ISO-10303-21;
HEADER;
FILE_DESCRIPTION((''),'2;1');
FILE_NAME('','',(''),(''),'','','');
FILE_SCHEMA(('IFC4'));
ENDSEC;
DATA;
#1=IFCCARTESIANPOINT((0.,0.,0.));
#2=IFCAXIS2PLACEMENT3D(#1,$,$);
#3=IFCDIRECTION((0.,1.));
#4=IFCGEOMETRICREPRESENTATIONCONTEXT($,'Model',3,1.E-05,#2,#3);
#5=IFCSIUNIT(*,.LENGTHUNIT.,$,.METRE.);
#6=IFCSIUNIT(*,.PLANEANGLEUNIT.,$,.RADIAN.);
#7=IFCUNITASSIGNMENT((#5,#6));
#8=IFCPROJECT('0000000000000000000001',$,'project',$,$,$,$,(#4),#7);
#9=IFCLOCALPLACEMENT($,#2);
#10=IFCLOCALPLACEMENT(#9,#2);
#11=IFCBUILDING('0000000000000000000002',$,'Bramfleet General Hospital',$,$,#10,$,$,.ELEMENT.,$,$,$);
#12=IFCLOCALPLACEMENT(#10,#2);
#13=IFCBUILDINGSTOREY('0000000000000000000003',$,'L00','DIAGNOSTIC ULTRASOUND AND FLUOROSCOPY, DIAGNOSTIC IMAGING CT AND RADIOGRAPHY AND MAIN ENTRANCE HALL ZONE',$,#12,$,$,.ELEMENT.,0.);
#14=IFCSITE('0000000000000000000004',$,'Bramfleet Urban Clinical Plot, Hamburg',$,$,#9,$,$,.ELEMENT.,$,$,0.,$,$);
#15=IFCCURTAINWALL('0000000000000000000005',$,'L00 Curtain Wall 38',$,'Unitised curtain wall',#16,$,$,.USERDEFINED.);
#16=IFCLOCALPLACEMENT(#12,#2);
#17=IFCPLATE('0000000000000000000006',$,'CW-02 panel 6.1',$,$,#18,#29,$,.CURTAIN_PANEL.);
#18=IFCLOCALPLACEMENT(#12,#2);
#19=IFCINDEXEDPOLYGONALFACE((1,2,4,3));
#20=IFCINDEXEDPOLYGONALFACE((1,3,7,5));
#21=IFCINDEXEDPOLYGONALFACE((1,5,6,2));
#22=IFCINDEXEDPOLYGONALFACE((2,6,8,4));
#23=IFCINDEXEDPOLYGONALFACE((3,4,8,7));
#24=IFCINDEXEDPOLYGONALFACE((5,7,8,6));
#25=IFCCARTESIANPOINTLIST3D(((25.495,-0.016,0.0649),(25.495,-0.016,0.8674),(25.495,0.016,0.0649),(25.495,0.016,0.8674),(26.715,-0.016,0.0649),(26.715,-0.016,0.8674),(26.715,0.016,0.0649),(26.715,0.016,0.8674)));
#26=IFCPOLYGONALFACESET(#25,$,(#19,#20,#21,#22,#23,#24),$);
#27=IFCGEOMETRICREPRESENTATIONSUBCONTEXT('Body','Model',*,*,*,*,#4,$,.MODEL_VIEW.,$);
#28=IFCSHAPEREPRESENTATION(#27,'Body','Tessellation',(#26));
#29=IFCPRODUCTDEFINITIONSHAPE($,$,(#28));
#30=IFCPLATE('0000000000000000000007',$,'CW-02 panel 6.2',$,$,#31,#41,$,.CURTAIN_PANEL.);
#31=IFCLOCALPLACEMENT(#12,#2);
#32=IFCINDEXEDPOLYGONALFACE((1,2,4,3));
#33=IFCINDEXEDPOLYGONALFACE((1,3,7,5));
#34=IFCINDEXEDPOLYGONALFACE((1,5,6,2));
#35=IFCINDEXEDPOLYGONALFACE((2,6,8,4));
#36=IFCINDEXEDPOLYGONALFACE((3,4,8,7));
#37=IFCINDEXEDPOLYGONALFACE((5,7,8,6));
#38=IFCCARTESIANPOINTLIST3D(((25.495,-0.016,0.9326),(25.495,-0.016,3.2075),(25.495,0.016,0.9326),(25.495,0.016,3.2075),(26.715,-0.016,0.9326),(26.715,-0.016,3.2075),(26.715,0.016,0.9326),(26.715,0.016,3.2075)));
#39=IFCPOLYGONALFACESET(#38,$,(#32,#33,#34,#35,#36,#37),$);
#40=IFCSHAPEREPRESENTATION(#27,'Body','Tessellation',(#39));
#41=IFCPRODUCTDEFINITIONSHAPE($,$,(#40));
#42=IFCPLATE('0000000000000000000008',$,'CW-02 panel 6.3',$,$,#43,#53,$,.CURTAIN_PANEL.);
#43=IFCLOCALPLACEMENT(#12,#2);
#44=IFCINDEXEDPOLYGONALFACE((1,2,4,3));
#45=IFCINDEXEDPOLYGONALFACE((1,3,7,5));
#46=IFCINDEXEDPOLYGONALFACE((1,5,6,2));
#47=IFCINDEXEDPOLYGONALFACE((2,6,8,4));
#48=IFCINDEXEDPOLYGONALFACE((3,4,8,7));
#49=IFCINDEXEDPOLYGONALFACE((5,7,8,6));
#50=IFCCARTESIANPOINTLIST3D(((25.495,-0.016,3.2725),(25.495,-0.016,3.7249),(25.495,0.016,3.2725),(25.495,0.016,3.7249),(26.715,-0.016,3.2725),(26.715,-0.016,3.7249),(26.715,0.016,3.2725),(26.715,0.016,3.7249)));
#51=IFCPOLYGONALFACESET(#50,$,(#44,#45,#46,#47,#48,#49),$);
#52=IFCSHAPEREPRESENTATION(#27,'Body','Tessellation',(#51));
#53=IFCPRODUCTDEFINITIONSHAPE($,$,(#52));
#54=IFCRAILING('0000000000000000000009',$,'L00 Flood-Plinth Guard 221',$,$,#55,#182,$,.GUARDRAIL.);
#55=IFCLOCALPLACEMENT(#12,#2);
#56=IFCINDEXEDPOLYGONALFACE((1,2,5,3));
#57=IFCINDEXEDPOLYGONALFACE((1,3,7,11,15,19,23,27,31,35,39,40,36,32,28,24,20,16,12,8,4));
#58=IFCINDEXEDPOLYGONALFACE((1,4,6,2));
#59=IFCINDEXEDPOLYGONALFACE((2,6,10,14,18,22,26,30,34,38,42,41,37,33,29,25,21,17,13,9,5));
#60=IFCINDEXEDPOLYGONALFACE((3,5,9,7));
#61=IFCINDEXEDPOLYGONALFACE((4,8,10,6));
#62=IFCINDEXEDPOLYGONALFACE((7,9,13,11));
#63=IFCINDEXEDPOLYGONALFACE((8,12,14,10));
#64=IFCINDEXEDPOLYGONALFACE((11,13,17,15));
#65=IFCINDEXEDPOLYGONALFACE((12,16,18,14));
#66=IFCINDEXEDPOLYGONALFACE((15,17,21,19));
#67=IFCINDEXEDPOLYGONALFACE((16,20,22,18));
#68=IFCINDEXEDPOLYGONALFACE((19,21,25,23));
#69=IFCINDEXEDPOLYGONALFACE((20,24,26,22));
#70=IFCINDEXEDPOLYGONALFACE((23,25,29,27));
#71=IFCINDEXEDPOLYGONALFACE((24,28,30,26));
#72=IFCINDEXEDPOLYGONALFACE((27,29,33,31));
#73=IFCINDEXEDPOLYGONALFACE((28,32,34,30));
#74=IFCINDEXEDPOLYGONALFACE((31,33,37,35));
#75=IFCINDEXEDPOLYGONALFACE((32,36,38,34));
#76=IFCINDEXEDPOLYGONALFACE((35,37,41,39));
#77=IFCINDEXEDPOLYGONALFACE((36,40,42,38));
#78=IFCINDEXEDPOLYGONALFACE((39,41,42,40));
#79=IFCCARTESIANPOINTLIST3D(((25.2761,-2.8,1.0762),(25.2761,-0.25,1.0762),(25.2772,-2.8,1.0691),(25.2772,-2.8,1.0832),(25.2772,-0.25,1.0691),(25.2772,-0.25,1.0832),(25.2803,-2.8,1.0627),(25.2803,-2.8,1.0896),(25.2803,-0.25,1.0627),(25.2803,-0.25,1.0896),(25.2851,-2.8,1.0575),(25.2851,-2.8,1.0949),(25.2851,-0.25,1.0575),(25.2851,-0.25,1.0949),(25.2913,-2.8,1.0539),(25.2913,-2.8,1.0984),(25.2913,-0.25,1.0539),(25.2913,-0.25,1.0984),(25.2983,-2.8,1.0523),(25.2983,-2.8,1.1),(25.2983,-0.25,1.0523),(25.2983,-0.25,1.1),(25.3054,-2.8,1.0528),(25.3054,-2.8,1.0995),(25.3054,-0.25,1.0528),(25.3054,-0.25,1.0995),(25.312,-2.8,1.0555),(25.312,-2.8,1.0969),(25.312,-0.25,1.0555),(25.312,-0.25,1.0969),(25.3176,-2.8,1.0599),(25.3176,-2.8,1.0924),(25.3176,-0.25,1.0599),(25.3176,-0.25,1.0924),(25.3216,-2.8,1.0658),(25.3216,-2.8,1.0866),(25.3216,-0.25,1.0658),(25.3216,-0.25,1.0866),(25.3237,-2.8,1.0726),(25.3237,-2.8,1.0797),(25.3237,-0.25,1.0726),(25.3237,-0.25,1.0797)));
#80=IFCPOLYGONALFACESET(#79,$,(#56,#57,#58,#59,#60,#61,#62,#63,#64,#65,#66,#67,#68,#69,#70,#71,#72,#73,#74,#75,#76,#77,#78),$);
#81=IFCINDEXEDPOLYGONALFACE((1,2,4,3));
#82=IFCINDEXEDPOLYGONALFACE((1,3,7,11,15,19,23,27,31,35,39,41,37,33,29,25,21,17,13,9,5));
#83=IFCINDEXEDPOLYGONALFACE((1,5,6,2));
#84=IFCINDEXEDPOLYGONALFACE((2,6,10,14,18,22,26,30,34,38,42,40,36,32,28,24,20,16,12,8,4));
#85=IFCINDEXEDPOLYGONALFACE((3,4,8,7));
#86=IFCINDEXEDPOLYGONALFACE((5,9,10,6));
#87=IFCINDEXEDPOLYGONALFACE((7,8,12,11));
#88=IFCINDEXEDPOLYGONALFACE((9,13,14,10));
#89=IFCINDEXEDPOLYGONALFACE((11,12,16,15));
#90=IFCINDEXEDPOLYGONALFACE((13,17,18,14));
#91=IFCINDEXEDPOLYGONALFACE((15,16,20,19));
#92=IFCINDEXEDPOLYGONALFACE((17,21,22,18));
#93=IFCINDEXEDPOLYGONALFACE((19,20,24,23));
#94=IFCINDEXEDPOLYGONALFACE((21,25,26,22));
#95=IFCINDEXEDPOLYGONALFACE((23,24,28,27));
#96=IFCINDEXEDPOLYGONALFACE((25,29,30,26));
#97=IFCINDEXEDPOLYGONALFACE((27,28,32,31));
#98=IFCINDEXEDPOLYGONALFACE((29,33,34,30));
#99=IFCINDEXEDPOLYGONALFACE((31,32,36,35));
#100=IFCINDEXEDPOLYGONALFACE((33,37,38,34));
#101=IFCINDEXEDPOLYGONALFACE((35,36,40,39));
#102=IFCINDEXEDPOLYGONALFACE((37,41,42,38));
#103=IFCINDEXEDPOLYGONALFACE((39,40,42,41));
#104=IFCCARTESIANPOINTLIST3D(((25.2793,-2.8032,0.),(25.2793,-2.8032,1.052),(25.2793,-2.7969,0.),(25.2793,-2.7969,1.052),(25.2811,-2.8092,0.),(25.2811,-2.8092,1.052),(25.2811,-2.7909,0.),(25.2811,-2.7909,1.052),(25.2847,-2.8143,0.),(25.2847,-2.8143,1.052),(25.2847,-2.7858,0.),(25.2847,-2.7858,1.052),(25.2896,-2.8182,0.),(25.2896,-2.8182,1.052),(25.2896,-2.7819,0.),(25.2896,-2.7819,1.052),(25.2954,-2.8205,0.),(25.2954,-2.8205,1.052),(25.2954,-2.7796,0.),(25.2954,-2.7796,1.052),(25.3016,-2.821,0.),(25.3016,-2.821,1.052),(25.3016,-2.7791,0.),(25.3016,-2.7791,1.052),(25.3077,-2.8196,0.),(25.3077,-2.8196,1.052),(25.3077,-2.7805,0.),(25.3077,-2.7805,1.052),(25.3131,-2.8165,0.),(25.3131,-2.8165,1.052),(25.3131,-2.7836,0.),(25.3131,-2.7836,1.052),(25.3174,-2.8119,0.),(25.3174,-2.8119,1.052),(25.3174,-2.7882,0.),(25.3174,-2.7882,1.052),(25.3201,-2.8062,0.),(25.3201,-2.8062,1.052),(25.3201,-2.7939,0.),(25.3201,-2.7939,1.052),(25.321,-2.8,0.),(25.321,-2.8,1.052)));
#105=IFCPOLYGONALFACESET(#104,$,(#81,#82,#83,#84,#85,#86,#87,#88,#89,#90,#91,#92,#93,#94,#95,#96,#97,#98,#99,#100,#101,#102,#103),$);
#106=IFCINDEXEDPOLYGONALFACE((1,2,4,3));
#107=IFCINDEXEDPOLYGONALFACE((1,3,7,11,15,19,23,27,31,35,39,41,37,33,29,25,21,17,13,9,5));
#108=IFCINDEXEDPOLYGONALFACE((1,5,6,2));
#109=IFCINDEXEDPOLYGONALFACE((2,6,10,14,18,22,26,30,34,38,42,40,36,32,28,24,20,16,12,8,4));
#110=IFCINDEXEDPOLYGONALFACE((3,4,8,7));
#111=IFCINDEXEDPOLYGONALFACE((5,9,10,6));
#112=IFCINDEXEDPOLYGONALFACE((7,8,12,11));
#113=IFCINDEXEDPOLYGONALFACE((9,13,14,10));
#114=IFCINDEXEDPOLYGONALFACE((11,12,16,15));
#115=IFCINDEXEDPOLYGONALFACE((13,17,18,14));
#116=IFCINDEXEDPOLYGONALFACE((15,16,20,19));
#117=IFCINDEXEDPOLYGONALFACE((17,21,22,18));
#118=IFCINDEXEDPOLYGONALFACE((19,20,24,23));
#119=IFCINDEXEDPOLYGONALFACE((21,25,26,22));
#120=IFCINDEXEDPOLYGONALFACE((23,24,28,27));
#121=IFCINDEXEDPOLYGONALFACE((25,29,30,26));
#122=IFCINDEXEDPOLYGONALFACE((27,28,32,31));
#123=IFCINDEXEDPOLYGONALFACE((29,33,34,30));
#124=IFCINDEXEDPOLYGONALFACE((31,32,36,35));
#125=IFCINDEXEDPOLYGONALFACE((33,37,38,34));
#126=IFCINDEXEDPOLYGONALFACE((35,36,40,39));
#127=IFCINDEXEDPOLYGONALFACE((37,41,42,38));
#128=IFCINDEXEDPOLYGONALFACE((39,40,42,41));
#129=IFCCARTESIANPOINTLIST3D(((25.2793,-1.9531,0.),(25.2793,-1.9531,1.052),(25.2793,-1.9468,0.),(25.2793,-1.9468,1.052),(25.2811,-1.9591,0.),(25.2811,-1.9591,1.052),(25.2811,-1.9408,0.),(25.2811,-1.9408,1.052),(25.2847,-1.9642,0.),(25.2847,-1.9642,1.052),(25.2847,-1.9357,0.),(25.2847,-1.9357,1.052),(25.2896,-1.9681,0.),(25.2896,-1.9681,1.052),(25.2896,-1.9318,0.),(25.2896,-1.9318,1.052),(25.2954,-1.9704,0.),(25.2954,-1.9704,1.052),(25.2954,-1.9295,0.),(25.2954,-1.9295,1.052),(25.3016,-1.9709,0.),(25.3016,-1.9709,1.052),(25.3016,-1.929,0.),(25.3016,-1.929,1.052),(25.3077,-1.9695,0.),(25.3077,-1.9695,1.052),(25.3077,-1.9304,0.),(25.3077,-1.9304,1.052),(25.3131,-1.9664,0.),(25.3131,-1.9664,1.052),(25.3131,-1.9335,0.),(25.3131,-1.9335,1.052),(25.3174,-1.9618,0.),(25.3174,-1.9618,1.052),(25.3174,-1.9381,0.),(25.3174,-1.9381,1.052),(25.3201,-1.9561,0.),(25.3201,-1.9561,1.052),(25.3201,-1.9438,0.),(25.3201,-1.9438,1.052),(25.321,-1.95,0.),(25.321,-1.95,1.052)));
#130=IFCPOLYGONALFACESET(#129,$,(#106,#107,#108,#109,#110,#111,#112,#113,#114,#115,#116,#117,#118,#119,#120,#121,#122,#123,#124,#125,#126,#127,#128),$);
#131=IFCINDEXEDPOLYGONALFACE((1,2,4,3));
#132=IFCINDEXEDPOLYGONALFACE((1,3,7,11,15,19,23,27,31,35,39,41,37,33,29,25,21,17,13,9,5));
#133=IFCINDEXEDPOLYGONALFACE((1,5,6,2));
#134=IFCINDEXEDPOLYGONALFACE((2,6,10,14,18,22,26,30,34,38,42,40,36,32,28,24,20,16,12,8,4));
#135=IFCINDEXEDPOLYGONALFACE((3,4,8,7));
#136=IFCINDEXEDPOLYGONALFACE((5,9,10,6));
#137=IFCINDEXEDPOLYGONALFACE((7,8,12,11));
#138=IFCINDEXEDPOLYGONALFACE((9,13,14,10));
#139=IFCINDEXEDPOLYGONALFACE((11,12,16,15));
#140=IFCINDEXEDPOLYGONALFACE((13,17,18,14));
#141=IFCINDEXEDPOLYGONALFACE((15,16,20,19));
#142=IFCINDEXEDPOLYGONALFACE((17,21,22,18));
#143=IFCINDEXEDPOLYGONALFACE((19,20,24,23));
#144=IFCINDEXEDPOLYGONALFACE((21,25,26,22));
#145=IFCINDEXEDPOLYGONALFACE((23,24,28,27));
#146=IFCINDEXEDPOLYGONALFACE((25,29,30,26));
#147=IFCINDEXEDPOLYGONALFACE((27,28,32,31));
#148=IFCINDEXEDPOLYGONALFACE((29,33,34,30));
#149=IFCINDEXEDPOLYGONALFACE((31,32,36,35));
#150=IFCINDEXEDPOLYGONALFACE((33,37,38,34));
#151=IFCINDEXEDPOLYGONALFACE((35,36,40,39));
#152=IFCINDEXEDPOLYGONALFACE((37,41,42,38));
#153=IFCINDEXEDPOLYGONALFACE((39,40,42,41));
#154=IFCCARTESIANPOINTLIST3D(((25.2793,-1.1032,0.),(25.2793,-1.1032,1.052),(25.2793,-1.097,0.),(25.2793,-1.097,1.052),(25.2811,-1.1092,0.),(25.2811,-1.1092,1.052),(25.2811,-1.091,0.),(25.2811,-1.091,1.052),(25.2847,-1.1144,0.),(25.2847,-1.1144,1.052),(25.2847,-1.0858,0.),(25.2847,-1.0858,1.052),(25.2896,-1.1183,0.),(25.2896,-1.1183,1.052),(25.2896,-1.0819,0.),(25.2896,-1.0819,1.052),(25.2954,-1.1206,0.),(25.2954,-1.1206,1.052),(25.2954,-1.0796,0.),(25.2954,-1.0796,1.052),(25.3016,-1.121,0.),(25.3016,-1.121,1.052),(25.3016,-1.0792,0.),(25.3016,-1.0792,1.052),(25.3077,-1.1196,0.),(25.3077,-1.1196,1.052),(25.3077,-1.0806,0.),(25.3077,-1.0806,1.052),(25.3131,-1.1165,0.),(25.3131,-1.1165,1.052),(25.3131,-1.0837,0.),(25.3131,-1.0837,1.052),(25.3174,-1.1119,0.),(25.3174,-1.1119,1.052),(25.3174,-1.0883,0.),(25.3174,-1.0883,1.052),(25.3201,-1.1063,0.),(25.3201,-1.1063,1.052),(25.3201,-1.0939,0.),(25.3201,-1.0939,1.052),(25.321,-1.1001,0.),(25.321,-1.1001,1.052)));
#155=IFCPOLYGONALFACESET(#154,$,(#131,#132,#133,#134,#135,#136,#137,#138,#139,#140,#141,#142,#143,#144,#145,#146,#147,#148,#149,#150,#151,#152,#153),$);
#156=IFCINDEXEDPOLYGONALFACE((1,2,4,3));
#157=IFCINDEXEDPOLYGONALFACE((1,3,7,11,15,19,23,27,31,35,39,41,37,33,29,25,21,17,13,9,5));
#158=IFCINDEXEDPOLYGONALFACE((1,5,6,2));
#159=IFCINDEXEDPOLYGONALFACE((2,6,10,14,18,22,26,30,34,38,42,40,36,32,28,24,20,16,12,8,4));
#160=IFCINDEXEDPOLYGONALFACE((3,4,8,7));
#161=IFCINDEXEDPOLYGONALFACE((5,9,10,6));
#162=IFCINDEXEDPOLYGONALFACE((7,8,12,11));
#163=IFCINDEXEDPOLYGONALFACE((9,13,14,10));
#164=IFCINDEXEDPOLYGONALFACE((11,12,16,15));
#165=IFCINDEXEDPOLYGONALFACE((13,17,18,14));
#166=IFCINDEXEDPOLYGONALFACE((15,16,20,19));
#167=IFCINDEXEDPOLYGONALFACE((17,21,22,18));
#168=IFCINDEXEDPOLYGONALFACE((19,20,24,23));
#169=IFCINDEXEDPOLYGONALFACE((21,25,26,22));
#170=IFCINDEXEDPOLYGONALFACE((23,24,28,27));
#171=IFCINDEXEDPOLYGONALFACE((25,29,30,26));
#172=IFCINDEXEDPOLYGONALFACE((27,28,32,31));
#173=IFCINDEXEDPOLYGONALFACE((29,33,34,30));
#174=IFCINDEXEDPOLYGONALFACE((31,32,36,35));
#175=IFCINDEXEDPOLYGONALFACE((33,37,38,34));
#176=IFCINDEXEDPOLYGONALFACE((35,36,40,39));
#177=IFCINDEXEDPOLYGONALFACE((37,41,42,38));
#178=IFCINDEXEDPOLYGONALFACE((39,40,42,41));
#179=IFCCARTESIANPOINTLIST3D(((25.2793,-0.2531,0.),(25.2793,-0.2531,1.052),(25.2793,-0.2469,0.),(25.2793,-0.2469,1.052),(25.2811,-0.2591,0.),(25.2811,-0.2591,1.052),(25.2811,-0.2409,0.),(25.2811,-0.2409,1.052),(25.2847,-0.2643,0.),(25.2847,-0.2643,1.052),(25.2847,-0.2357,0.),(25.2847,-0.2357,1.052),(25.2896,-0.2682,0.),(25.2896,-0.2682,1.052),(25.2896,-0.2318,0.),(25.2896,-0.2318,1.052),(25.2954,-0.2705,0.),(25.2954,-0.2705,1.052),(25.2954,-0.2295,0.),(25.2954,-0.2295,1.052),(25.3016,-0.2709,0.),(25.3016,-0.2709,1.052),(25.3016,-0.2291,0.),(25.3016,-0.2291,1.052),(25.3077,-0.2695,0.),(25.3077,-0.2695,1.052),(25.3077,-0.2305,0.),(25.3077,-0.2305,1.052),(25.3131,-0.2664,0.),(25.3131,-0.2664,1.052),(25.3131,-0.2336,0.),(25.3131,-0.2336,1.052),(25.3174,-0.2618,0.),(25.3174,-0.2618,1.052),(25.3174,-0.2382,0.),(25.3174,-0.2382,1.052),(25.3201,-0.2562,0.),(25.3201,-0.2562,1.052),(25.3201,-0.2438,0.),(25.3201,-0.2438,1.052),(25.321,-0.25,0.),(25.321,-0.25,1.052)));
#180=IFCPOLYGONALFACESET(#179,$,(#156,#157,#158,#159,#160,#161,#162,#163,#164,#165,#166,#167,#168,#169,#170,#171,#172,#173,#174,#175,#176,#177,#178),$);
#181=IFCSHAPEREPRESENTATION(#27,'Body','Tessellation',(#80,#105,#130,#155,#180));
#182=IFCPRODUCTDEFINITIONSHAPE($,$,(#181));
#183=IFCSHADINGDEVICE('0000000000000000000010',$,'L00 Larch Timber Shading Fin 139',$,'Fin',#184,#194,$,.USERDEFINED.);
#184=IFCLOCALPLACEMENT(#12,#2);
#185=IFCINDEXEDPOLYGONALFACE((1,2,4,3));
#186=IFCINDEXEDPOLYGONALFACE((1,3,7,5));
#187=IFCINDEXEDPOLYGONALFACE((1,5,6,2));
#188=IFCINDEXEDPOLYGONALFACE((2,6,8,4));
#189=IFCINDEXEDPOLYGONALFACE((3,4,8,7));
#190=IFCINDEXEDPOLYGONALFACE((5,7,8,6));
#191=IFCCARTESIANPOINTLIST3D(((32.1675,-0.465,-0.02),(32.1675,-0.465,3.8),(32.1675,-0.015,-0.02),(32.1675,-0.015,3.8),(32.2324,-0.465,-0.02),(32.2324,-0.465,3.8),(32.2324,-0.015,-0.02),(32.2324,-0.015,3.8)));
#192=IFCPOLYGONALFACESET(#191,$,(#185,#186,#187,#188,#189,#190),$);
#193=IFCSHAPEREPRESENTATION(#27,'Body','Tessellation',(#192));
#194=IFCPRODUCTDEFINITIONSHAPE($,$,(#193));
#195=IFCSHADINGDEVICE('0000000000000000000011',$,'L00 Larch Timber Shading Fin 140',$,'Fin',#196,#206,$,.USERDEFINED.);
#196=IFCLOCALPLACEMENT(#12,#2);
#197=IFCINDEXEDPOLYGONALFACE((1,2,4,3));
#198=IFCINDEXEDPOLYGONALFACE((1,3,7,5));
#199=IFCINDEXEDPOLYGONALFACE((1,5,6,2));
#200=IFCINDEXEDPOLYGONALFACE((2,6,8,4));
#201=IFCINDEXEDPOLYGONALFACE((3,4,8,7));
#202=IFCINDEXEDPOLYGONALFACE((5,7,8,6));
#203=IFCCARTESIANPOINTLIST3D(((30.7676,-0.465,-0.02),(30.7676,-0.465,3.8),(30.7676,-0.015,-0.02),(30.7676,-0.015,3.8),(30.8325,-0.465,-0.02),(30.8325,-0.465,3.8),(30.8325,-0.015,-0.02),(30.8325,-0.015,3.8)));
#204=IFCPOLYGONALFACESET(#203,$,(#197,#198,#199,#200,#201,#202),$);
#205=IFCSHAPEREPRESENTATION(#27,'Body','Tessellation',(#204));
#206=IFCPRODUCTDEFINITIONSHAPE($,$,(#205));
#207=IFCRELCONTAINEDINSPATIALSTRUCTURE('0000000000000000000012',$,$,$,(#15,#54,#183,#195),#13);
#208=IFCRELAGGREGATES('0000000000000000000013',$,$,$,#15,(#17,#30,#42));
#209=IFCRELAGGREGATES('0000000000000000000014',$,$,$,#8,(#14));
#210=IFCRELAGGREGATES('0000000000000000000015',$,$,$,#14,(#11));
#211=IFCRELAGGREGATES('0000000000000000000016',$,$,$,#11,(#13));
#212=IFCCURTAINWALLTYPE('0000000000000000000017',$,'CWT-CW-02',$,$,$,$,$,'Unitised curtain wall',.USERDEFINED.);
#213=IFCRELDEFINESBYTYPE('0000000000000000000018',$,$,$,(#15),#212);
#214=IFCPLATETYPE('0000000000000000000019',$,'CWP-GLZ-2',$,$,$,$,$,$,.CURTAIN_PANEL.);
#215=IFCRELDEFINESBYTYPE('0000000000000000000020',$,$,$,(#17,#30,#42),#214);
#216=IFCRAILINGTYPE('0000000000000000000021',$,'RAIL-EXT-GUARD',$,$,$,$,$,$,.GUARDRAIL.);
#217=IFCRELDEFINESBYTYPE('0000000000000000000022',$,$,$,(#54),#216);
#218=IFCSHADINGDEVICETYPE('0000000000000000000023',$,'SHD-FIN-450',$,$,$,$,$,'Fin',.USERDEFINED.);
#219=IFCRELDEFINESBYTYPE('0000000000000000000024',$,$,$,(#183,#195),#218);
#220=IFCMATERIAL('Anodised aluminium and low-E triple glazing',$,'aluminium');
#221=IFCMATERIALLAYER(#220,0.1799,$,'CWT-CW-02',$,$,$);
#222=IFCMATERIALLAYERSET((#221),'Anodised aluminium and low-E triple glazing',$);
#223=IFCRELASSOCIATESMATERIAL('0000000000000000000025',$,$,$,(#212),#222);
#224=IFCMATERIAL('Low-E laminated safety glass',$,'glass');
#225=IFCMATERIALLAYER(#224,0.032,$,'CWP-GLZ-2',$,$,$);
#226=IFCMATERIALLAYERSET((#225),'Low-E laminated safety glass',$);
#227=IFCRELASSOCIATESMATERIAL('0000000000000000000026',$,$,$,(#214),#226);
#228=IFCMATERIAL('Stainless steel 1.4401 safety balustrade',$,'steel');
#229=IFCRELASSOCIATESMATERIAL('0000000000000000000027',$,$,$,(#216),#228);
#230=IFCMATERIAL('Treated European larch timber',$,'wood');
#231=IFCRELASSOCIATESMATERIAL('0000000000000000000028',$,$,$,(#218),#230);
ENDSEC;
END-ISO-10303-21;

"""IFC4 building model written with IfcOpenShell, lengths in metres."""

from ifc_helpers import new_model, si_unit, direction, frame, origin, origin_2d, place, context, subcontext, project, spatial, rectangle, circle, extrude, material, layer, layer_set, material_profile, profile_set, type_object, element, aggregate, save


model = new_model("IFC4")

# Units and contexts
model_context = context("Model", 3, precision=1e-05, world=origin(), true_north=direction((0.0, 1.0)))
body_context = subcontext(model_context, "Body", "Model", "MODEL_VIEW")
ifc_project = project(units=[si_unit("LENGTHUNIT", "METRE"), si_unit("PLANEANGLEUNIT", "RADIAN")], contexts=[model_context])

# Site, building, storey
site_placement = place(None, origin())
site = spatial("IfcSite", under=ifc_project, at=site_placement, Name="Bramfleet Urban Clinical Plot, Hamburg", CompositionType="ELEMENT", RefElevation=0.0)
building_placement = place(site_placement, origin())
building = spatial("IfcBuilding", under=site, at=building_placement, Name="Bramfleet General Hospital", CompositionType="ELEMENT")
storey_placement = place(building_placement, origin())
storey = spatial("IfcBuildingStorey", under=building, at=storey_placement, Name="L00", Description="DIAGNOSTIC ULTRASOUND AND FLUOROSCOPY, DIAGNOSTIC IMAGING CT AND RADIOGRAPHY AND MAIN ENTRANCE HALL ZONE", CompositionType="ELEMENT", Elevation=0.0)

# Curtain wall, plates
ifc_material_1 = material(Name="Anodised aluminium and low-E triple glazing", Category="aluminium")
ifc_layer_1 = layer(ifc_material_1, 0.1799, Name="CWT-CW-02")
ifc_layer_set_1 = layer_set([ifc_layer_1], Name="Anodised aluminium and low-E triple glazing")
curtain_wall_type = type_object("IfcCurtainWallType", Name="CWT-CW-02", ElementType="Unitised curtain wall", PredefinedType="USERDEFINED", material=ifc_layer_set_1)
curtain_wall_placement = place(storey_placement, origin())
curtain_wall = element("IfcCurtainWall", 1, at=curtain_wall_placement, inside=storey, type_object=curtain_wall_type, Name="L00 Curtain Wall 38", ObjectType="Unitised curtain wall", PredefinedType="USERDEFINED")
ifc_material_2 = material(Name="Low-E laminated safety glass", Category="glass")
ifc_layer_2 = layer(ifc_material_2, 0.032, Name="CWP-GLZ-2")
ifc_layer_set_2 = layer_set([ifc_layer_2], Name="Low-E laminated safety glass")
plate_type = type_object("IfcPlateType", Name="CWP-GLZ-2", PredefinedType="CURTAIN_PANEL", material=ifc_layer_set_2)
plate_1_placement = place(storey_placement, frame((26.105, 0.0, 0.0649), z_axis=(0.0, 0.0, 1.0), x_axis=(-1.0, 0.0, 0.0)))
plate_1 = element("IfcPlate", 2, at=plate_1_placement, type_object=plate_type, Name="CW-02 panel 6.1", PredefinedType="CURTAIN_PANEL", context=body_context, shape_type="SweptSolid", body=[
    extrude(rectangle(XDim=1.22, YDim=0.032, at=origin_2d()), origin(), (0.0, 0.0, 1.0), 0.8025),
])
plate_2_placement = place(storey_placement, frame((26.105, 0.0, 0.9326), z_axis=(0.0, 0.0, 1.0), x_axis=(-1.0, 0.0, 0.0)))
plate_2 = element("IfcPlate", 3, at=plate_2_placement, type_object=plate_type, Name="CW-02 panel 6.2", PredefinedType="CURTAIN_PANEL", context=body_context, shape_type="SweptSolid", body=[
    extrude(rectangle(XDim=1.22, YDim=0.032, at=origin_2d()), origin(), (0.0, 0.0, 1.0), 2.2749),
])
plate_3_placement = place(storey_placement, frame((26.105, 0.0, 3.2725), z_axis=(0.0, 0.0, 1.0), x_axis=(-1.0, 0.0, 0.0)))
plate_3 = element("IfcPlate", 4, at=plate_3_placement, type_object=plate_type, Name="CW-02 panel 6.3", PredefinedType="CURTAIN_PANEL", context=body_context, shape_type="SweptSolid", body=[
    extrude(rectangle(XDim=1.22, YDim=0.032, at=origin_2d()), origin(), (0.0, 0.0, 1.0), 0.4524),
])
aggregate(curtain_wall, [plate_1, plate_2, plate_3])

# Railing
ifc_material_3 = material(Name="Stainless steel 1.4401 safety balustrade", Category="steel")
railing_type = type_object("IfcRailingType", Name="RAIL-EXT-GUARD", PredefinedType="GUARDRAIL", material=ifc_material_3)
railing_placement = place(storey_placement, frame((25.3, -2.8, 0.0)))
element("IfcRailing", 5, at=railing_placement, inside=storey, type_object=railing_type, Name="L00 Flood-Plinth Guard 221", PredefinedType="GUARDRAIL", context=body_context, shape_type="SweptSolid", body=[
    extrude(circle(Radius=0.0239, at=origin_2d()), frame((0.0, 0.0, 1.0762), z_axis=(0.0, 1.0, 0.0), x_axis=(-1.0, 0.0, 0.0)), (0.0, 0.0, 1.0), 2.55),
    extrude(circle(Radius=0.021, at=origin_2d()), origin(), (0.0, 0.0, 1.0), 1.052),
    extrude(circle(Radius=0.021, at=origin_2d()), frame((0.0, 0.8501, 0.0)), (0.0, 0.0, 1.0), 1.052),
    extrude(circle(Radius=0.021, at=origin_2d()), frame((0.0, 1.7, 0.0)), (0.0, 0.0, 1.0), 1.052),
    extrude(circle(Radius=0.021, at=origin_2d()), frame((0.0, 2.55, 0.0)), (0.0, 0.0, 1.0), 1.052),
])

# Shading devices
ifc_material_4 = material(Name="Treated European larch timber", Category="wood")
ifc_material_profile_1 = material_profile(ifc_material_4, rectangle(XDim=0.0649, YDim=0.45, at=origin_2d()), Name="LARCH FIN 450x65")
ifc_profile_set_1 = profile_set([ifc_material_profile_1], Name="Treated European larch timber")
shading_device_type = type_object("IfcShadingDeviceType", Name="SHD-FIN-450", ElementType="Fin", PredefinedType="USERDEFINED", material=ifc_profile_set_1)
for number, where, z_axis, x_axis, name in (
    (6, (32.2, -0.24, -0.02), (0.0, 0.0, 1.0), (-1.0, 0.0, 0.0), "L00 Larch Timber Shading Fin 139"),
    (7, (30.8, -0.24, -0.02), (0.0, 0.0, 1.0), (-1.0, 0.0, 0.0), "L00 Larch Timber Shading Fin 140"),
):
    element("IfcShadingDevice", number, at=place(storey_placement, frame(where, z_axis=z_axis, x_axis=x_axis)), inside=storey, type_object=shading_device_type, Name=name, ObjectType="Fin", PredefinedType="USERDEFINED", context=body_context, shape_type="SweptSolid", body=[
        extrude(rectangle(XDim=0.0649, YDim=0.45, at=origin_2d()), origin(), (0.0, 0.0, 1.0), 3.8201),
    ])

save(model, "model.ifc")
